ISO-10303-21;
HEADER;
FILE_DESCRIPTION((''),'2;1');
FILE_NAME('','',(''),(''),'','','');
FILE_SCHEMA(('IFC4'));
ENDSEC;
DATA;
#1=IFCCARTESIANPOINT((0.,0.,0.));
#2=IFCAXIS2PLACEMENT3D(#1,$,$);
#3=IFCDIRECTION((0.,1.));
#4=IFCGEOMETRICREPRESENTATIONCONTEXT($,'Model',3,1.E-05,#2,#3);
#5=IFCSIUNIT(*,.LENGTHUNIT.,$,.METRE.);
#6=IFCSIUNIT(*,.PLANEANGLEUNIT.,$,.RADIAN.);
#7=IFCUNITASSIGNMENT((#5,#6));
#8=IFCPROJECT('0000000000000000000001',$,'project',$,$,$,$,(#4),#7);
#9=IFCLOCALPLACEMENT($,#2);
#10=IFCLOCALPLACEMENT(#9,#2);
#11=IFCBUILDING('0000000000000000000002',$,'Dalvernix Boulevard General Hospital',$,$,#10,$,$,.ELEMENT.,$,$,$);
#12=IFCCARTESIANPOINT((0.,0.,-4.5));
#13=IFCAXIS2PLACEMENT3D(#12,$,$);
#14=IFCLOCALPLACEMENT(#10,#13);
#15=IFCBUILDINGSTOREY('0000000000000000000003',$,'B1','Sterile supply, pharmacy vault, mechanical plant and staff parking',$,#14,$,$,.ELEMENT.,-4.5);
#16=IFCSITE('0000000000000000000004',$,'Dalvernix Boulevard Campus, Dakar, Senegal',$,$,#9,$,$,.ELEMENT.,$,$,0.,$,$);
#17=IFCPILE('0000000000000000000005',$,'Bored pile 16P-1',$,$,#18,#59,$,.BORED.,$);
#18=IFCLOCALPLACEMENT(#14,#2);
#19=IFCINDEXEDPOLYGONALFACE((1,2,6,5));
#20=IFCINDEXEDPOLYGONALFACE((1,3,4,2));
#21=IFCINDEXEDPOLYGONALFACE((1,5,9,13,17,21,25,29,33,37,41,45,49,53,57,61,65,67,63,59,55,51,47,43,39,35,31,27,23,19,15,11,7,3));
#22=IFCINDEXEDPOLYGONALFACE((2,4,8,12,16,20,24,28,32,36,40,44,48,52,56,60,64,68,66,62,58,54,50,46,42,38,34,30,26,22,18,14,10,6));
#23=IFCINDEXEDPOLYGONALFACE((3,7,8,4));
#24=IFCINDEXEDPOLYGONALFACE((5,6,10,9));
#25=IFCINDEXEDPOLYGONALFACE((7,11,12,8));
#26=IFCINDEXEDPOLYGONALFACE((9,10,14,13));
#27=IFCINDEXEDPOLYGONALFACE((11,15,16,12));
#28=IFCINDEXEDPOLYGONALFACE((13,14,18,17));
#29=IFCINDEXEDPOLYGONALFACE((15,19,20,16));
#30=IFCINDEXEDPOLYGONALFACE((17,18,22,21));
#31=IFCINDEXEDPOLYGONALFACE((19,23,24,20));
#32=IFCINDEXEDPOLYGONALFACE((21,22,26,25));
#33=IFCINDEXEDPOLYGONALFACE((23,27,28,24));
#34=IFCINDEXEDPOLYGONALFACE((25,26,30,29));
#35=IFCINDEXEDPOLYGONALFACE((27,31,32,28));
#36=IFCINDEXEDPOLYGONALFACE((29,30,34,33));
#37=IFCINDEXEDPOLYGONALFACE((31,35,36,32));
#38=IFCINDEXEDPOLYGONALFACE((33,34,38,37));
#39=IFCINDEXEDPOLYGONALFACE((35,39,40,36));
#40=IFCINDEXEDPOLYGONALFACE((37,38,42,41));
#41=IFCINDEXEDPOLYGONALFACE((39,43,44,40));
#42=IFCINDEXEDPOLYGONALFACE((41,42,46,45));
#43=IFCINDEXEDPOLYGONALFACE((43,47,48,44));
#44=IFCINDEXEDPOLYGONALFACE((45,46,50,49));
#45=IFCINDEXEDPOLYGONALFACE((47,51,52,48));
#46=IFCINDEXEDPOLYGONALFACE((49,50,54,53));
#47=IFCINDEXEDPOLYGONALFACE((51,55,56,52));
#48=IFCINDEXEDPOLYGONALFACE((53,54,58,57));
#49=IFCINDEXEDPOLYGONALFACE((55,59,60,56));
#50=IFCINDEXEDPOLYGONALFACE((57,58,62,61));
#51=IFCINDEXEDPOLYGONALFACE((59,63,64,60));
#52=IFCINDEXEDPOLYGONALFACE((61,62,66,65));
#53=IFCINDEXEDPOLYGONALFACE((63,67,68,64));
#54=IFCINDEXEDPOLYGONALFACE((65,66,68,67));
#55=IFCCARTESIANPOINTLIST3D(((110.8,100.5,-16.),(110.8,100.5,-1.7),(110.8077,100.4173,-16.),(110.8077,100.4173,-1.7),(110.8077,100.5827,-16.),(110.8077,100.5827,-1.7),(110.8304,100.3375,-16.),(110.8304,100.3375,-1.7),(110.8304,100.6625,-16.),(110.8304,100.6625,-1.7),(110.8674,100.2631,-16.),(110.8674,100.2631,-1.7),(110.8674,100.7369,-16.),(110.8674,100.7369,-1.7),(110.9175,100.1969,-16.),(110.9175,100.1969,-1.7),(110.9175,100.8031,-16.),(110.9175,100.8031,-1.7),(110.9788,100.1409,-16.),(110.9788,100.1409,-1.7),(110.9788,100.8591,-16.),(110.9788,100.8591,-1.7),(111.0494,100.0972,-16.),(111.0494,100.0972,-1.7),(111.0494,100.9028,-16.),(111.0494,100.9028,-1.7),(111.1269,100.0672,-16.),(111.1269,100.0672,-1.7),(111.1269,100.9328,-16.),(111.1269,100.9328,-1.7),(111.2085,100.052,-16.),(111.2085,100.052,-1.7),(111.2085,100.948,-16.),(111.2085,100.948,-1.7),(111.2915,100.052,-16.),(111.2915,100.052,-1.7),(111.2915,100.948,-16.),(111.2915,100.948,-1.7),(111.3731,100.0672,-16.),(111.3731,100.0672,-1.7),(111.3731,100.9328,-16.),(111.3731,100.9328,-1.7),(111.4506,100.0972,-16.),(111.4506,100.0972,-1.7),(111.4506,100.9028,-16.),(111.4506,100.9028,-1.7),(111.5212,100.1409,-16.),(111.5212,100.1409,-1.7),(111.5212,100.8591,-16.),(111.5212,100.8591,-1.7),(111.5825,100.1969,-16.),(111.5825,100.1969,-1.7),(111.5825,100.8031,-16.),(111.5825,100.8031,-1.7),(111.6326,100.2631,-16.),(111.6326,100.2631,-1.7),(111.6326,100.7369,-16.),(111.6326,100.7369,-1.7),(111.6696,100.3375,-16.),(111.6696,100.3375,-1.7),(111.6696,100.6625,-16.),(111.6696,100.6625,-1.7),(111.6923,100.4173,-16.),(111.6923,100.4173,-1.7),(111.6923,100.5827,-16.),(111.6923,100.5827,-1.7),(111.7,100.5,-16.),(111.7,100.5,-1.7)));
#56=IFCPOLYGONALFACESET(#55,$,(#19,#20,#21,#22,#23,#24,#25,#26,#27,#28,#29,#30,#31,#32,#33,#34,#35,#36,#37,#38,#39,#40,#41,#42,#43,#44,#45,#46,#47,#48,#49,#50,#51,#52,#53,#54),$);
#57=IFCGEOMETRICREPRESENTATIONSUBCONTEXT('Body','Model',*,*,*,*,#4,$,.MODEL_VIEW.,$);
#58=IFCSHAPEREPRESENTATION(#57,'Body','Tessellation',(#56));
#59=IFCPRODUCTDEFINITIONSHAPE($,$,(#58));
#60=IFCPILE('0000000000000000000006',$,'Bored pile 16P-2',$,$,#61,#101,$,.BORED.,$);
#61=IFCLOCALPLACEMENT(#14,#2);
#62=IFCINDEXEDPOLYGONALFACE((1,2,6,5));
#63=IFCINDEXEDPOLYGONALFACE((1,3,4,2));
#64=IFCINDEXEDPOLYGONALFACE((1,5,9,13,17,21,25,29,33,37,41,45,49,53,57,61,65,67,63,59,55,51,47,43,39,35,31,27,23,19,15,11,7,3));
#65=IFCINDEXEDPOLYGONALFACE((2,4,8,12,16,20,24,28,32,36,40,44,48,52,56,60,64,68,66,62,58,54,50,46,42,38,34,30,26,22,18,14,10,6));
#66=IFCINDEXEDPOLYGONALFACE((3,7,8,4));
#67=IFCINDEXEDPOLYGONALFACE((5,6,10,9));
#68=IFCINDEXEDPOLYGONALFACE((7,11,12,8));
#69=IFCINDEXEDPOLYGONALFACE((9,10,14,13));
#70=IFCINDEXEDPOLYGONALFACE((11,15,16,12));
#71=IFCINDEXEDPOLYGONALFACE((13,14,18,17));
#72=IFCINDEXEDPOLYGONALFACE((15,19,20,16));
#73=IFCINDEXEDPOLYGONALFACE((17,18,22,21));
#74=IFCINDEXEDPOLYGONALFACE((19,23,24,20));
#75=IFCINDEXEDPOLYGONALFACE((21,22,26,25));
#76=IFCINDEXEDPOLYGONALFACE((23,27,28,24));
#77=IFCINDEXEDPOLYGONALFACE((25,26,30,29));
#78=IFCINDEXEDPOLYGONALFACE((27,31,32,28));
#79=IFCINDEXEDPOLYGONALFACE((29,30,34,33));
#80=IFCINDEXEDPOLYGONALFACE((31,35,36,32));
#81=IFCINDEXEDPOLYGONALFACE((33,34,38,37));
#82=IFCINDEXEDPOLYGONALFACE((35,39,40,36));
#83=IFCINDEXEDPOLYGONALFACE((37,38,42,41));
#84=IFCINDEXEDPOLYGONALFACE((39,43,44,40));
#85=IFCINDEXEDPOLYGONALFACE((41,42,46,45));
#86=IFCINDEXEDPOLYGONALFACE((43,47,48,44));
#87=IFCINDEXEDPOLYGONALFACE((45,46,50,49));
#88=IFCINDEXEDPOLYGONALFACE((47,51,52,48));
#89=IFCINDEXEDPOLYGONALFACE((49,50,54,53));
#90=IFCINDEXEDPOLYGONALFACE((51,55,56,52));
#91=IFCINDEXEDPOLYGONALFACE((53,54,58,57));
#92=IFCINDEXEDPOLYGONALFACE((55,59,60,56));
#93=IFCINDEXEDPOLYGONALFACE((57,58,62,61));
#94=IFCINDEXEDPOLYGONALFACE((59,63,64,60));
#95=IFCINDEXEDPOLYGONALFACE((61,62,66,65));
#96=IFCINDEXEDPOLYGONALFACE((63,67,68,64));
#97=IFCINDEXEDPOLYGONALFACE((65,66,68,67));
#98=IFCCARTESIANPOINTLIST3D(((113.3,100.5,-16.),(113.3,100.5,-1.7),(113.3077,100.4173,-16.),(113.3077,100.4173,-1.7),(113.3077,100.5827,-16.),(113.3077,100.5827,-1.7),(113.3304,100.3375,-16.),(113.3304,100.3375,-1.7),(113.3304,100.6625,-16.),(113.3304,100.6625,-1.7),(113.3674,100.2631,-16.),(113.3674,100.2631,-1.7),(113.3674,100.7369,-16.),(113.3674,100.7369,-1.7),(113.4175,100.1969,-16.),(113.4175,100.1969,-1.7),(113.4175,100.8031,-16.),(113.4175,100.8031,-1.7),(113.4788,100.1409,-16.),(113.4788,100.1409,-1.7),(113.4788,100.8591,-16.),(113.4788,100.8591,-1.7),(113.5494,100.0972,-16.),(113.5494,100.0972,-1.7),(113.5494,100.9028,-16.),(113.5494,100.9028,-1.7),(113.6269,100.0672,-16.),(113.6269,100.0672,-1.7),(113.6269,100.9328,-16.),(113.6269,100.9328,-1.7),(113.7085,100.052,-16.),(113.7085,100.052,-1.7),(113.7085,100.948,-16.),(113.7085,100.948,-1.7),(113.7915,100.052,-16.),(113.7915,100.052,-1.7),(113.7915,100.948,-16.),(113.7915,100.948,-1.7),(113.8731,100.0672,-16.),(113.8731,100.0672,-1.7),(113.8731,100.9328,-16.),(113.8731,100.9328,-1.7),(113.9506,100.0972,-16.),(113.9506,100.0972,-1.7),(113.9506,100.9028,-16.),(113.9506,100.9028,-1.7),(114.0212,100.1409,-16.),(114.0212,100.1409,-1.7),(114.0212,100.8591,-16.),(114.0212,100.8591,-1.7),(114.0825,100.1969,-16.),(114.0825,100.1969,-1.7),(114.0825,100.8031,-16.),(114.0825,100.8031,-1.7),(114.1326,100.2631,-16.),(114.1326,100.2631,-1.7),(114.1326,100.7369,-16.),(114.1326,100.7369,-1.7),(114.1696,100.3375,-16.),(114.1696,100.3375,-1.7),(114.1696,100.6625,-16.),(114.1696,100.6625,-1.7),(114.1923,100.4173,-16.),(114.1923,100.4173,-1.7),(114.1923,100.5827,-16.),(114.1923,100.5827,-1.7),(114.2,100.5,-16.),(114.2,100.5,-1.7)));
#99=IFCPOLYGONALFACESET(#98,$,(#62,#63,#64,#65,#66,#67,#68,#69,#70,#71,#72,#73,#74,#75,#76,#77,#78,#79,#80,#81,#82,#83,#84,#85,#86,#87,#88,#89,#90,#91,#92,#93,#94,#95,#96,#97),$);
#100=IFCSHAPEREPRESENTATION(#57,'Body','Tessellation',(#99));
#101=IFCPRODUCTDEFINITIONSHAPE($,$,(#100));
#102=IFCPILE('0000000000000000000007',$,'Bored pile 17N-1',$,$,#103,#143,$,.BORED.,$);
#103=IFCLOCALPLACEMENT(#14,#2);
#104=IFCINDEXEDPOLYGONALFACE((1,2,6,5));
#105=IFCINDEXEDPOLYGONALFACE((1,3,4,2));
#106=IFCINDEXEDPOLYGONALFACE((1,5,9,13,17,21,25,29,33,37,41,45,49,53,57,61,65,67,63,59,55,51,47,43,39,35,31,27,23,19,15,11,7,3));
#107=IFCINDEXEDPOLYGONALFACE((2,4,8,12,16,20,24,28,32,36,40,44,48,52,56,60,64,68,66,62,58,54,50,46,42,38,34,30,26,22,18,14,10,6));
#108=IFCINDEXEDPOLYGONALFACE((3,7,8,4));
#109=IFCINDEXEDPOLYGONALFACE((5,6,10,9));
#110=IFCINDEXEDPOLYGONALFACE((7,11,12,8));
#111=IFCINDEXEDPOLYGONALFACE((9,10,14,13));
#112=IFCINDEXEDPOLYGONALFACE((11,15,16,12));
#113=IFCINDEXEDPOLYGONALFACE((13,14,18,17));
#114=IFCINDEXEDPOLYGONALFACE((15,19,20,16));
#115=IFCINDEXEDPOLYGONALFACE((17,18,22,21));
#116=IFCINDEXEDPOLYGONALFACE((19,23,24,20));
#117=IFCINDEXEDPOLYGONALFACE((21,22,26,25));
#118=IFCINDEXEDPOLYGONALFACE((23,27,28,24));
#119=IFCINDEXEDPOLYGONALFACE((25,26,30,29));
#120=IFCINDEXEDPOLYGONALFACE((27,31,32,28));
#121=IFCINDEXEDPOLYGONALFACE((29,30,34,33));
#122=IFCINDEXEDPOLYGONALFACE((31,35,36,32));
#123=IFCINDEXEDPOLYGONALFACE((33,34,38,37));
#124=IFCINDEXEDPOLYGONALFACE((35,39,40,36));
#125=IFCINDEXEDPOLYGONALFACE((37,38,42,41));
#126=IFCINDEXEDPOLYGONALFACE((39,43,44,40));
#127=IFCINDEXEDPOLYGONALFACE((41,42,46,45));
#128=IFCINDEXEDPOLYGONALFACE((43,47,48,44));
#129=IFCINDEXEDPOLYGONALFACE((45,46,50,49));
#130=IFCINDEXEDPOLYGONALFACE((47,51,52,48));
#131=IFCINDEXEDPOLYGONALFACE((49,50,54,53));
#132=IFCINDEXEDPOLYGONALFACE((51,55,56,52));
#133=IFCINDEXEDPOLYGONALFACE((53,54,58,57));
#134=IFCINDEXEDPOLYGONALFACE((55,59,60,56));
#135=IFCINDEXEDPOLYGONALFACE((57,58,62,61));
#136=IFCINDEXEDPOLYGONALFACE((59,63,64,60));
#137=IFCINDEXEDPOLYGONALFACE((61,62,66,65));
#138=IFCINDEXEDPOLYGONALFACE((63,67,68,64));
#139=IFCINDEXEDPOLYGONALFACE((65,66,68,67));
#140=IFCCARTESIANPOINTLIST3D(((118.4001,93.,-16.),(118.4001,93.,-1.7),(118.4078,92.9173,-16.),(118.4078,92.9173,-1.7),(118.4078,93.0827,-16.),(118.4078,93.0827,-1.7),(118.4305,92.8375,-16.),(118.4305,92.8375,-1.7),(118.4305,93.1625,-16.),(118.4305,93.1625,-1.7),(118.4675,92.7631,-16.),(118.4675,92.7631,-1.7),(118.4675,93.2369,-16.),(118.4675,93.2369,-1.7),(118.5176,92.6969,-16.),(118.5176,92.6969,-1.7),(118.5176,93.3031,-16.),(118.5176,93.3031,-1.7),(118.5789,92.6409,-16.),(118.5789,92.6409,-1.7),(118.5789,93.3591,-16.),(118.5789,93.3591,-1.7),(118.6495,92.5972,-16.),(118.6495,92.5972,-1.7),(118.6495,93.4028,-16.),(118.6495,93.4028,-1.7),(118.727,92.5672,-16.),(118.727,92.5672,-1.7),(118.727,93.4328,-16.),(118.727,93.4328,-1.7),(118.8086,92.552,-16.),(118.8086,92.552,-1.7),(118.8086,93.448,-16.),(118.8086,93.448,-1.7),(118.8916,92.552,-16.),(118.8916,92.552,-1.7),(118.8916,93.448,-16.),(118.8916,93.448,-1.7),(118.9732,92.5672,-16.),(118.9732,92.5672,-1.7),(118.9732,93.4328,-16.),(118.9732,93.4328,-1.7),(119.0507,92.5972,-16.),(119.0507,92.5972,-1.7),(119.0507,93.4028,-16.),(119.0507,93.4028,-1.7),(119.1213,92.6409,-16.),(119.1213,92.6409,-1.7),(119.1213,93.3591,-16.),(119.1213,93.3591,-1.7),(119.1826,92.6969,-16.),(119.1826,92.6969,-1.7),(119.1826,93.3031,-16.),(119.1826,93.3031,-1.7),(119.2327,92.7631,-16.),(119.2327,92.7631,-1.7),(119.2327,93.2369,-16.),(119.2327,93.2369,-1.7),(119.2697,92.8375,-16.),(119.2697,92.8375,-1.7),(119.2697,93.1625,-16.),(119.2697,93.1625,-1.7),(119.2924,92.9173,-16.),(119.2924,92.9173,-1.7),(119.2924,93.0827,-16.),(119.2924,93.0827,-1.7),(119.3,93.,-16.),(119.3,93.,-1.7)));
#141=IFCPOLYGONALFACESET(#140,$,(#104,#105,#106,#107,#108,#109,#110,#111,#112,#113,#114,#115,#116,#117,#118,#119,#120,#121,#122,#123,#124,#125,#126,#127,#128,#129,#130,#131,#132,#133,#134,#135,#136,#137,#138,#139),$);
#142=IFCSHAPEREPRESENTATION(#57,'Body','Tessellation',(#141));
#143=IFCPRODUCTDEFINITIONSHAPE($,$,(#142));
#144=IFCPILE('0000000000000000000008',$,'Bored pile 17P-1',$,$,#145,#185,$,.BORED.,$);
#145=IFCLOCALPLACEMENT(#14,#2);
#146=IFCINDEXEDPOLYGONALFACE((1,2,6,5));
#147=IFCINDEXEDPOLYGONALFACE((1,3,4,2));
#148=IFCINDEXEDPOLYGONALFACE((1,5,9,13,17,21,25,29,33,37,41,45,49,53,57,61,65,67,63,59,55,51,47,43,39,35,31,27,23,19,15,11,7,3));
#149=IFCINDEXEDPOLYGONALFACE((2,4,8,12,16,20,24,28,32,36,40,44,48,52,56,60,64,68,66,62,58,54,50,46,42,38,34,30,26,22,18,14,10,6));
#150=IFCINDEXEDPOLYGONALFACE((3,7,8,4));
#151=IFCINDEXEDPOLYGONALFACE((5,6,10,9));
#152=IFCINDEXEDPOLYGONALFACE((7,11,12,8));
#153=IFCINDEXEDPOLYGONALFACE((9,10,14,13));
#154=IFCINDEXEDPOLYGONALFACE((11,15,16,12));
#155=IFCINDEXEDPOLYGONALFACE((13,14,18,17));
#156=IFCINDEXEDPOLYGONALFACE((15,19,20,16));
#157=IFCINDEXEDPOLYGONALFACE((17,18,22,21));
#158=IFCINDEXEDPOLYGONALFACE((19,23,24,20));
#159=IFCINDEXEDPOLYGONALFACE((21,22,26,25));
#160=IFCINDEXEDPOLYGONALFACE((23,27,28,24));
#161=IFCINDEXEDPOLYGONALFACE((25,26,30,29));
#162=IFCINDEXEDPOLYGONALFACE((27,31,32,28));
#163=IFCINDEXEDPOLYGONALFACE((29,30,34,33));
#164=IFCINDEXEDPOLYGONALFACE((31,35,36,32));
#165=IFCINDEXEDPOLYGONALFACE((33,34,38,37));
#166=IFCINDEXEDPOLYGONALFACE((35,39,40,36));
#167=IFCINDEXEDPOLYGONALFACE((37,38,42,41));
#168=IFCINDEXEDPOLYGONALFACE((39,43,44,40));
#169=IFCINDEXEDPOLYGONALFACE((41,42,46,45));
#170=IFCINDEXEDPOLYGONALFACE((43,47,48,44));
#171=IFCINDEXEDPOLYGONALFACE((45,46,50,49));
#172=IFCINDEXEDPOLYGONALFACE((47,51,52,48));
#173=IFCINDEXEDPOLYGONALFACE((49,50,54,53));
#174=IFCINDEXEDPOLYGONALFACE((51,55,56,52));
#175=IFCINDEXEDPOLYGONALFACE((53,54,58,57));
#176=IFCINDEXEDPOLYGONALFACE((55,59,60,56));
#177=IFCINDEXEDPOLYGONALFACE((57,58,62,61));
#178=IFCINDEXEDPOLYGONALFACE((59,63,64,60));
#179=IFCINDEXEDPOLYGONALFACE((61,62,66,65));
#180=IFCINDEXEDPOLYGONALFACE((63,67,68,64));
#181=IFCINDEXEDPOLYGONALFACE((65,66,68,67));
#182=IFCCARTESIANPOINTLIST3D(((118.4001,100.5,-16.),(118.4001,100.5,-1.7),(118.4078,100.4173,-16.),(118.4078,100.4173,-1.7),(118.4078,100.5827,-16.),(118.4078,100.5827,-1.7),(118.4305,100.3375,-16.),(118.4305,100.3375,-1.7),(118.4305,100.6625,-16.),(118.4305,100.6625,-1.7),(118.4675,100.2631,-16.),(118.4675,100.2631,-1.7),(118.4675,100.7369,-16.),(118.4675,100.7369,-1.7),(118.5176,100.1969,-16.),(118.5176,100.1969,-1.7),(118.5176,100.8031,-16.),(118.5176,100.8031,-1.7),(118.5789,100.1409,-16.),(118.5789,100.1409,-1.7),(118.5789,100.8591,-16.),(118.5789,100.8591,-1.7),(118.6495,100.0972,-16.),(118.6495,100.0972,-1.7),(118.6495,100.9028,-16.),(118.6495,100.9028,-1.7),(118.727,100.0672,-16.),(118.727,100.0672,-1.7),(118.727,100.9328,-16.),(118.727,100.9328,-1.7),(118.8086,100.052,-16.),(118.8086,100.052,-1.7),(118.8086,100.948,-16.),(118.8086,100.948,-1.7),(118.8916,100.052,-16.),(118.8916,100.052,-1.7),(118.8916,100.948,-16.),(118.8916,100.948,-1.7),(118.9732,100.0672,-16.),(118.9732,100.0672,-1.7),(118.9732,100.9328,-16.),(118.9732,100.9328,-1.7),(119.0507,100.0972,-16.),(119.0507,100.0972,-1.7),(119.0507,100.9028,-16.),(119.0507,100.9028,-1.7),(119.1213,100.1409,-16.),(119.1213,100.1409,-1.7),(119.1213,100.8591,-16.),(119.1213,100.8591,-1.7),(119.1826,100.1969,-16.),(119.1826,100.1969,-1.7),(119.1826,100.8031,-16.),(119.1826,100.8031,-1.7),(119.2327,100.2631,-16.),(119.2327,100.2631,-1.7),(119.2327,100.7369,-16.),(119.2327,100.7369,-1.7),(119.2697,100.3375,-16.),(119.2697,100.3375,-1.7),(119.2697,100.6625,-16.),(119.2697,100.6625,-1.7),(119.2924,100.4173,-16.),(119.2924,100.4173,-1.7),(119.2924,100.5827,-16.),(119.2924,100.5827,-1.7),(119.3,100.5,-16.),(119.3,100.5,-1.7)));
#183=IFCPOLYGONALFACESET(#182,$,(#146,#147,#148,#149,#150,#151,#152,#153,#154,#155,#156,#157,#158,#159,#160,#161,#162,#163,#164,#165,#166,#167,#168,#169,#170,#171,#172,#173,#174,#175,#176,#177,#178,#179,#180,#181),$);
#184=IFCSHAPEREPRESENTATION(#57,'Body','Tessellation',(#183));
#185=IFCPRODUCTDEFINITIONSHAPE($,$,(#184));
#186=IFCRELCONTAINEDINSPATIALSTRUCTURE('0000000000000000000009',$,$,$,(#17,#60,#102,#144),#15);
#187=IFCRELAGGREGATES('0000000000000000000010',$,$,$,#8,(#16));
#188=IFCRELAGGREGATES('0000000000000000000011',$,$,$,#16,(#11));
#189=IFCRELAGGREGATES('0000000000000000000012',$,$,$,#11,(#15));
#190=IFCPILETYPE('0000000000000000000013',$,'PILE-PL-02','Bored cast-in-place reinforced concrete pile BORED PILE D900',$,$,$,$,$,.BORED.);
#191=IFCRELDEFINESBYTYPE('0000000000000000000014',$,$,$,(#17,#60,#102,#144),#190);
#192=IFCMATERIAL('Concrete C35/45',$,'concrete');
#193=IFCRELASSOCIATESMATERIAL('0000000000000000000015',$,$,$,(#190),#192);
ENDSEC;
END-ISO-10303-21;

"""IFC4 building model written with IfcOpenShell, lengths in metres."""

from ifc_helpers import new_model, si_unit, direction, frame, origin, origin_2d, place, context, subcontext, project, spatial, circle, extrude, material, material_profile, profile_set, type_object, element, save


model = new_model("IFC4")

# Units and contexts
model_context = context("Model", 3, precision=1e-05, world=origin(), true_north=direction((0.0, 1.0)))
body_context = subcontext(model_context, "Body", "Model", "MODEL_VIEW")
ifc_project = project(units=[si_unit("LENGTHUNIT", "METRE"), si_unit("PLANEANGLEUNIT", "RADIAN")], contexts=[model_context])

# Site, building, storey
site_placement = place(None, origin())
site = spatial("IfcSite", under=ifc_project, at=site_placement, Name="Dalvernix Boulevard Campus, Dakar, Senegal", CompositionType="ELEMENT", RefElevation=0.0)
building_placement = place(site_placement, origin())
building = spatial("IfcBuilding", under=site, at=building_placement, Name="Dalvernix Boulevard General Hospital", CompositionType="ELEMENT")
storey_placement = place(building_placement, frame((0.0, 0.0, -4.5)))
storey = spatial("IfcBuildingStorey", under=building, at=storey_placement, Name="B1", Description="Sterile supply, pharmacy vault, mechanical plant and staff parking", CompositionType="ELEMENT", Elevation=-4.5)

# Shared definitions
ifc_material_1 = material(Name="Concrete C35/45", Category="concrete")

# Piles
ifc_material_profile_1 = material_profile(ifc_material_1, circle(Radius=0.45, at=origin_2d()), Name="BORED PILE D900")
ifc_profile_set_1 = profile_set([ifc_material_profile_1], Name="Concrete C35/45")
pile_type_1 = type_object("IfcPileType", Name="PILE-PL-02", Description="Bored cast-in-place reinforced concrete pile BORED PILE D900", PredefinedType="BORED", material=ifc_profile_set_1)
for number, where, z_axis, x_axis, name in (
    (1, (111.25, 100.5, -1.7), (0.0, 0.0, -1.0), (1.0, 0.0, 0.0), "Bored pile 16P-1"),
    (2, (113.75, 100.5, -1.7), (0.0, 0.0, -1.0), (1.0, 0.0, 0.0), "Bored pile 16P-2"),
    (3, (118.8501, 93.0, -1.7), (0.0, 0.0, -1.0), (1.0, 0.0, 0.0), "Bored pile 17N-1"),
    (4, (118.8501, 100.5, -1.7), (0.0, 0.0, -1.0), (1.0, 0.0, 0.0), "Bored pile 17P-1"),
):
    element("IfcPile", number, at=place(storey_placement, frame(where, z_axis=z_axis, x_axis=x_axis)), inside=storey, type_object=pile_type_1, Name=name, PredefinedType="BORED", context=body_context, shape_type="SweptSolid", body=[
        extrude(circle(Radius=0.45, at=origin_2d()), origin(), (0.0, 0.0, 1.0), 14.3),
    ])

save(model, "model.ifc")
